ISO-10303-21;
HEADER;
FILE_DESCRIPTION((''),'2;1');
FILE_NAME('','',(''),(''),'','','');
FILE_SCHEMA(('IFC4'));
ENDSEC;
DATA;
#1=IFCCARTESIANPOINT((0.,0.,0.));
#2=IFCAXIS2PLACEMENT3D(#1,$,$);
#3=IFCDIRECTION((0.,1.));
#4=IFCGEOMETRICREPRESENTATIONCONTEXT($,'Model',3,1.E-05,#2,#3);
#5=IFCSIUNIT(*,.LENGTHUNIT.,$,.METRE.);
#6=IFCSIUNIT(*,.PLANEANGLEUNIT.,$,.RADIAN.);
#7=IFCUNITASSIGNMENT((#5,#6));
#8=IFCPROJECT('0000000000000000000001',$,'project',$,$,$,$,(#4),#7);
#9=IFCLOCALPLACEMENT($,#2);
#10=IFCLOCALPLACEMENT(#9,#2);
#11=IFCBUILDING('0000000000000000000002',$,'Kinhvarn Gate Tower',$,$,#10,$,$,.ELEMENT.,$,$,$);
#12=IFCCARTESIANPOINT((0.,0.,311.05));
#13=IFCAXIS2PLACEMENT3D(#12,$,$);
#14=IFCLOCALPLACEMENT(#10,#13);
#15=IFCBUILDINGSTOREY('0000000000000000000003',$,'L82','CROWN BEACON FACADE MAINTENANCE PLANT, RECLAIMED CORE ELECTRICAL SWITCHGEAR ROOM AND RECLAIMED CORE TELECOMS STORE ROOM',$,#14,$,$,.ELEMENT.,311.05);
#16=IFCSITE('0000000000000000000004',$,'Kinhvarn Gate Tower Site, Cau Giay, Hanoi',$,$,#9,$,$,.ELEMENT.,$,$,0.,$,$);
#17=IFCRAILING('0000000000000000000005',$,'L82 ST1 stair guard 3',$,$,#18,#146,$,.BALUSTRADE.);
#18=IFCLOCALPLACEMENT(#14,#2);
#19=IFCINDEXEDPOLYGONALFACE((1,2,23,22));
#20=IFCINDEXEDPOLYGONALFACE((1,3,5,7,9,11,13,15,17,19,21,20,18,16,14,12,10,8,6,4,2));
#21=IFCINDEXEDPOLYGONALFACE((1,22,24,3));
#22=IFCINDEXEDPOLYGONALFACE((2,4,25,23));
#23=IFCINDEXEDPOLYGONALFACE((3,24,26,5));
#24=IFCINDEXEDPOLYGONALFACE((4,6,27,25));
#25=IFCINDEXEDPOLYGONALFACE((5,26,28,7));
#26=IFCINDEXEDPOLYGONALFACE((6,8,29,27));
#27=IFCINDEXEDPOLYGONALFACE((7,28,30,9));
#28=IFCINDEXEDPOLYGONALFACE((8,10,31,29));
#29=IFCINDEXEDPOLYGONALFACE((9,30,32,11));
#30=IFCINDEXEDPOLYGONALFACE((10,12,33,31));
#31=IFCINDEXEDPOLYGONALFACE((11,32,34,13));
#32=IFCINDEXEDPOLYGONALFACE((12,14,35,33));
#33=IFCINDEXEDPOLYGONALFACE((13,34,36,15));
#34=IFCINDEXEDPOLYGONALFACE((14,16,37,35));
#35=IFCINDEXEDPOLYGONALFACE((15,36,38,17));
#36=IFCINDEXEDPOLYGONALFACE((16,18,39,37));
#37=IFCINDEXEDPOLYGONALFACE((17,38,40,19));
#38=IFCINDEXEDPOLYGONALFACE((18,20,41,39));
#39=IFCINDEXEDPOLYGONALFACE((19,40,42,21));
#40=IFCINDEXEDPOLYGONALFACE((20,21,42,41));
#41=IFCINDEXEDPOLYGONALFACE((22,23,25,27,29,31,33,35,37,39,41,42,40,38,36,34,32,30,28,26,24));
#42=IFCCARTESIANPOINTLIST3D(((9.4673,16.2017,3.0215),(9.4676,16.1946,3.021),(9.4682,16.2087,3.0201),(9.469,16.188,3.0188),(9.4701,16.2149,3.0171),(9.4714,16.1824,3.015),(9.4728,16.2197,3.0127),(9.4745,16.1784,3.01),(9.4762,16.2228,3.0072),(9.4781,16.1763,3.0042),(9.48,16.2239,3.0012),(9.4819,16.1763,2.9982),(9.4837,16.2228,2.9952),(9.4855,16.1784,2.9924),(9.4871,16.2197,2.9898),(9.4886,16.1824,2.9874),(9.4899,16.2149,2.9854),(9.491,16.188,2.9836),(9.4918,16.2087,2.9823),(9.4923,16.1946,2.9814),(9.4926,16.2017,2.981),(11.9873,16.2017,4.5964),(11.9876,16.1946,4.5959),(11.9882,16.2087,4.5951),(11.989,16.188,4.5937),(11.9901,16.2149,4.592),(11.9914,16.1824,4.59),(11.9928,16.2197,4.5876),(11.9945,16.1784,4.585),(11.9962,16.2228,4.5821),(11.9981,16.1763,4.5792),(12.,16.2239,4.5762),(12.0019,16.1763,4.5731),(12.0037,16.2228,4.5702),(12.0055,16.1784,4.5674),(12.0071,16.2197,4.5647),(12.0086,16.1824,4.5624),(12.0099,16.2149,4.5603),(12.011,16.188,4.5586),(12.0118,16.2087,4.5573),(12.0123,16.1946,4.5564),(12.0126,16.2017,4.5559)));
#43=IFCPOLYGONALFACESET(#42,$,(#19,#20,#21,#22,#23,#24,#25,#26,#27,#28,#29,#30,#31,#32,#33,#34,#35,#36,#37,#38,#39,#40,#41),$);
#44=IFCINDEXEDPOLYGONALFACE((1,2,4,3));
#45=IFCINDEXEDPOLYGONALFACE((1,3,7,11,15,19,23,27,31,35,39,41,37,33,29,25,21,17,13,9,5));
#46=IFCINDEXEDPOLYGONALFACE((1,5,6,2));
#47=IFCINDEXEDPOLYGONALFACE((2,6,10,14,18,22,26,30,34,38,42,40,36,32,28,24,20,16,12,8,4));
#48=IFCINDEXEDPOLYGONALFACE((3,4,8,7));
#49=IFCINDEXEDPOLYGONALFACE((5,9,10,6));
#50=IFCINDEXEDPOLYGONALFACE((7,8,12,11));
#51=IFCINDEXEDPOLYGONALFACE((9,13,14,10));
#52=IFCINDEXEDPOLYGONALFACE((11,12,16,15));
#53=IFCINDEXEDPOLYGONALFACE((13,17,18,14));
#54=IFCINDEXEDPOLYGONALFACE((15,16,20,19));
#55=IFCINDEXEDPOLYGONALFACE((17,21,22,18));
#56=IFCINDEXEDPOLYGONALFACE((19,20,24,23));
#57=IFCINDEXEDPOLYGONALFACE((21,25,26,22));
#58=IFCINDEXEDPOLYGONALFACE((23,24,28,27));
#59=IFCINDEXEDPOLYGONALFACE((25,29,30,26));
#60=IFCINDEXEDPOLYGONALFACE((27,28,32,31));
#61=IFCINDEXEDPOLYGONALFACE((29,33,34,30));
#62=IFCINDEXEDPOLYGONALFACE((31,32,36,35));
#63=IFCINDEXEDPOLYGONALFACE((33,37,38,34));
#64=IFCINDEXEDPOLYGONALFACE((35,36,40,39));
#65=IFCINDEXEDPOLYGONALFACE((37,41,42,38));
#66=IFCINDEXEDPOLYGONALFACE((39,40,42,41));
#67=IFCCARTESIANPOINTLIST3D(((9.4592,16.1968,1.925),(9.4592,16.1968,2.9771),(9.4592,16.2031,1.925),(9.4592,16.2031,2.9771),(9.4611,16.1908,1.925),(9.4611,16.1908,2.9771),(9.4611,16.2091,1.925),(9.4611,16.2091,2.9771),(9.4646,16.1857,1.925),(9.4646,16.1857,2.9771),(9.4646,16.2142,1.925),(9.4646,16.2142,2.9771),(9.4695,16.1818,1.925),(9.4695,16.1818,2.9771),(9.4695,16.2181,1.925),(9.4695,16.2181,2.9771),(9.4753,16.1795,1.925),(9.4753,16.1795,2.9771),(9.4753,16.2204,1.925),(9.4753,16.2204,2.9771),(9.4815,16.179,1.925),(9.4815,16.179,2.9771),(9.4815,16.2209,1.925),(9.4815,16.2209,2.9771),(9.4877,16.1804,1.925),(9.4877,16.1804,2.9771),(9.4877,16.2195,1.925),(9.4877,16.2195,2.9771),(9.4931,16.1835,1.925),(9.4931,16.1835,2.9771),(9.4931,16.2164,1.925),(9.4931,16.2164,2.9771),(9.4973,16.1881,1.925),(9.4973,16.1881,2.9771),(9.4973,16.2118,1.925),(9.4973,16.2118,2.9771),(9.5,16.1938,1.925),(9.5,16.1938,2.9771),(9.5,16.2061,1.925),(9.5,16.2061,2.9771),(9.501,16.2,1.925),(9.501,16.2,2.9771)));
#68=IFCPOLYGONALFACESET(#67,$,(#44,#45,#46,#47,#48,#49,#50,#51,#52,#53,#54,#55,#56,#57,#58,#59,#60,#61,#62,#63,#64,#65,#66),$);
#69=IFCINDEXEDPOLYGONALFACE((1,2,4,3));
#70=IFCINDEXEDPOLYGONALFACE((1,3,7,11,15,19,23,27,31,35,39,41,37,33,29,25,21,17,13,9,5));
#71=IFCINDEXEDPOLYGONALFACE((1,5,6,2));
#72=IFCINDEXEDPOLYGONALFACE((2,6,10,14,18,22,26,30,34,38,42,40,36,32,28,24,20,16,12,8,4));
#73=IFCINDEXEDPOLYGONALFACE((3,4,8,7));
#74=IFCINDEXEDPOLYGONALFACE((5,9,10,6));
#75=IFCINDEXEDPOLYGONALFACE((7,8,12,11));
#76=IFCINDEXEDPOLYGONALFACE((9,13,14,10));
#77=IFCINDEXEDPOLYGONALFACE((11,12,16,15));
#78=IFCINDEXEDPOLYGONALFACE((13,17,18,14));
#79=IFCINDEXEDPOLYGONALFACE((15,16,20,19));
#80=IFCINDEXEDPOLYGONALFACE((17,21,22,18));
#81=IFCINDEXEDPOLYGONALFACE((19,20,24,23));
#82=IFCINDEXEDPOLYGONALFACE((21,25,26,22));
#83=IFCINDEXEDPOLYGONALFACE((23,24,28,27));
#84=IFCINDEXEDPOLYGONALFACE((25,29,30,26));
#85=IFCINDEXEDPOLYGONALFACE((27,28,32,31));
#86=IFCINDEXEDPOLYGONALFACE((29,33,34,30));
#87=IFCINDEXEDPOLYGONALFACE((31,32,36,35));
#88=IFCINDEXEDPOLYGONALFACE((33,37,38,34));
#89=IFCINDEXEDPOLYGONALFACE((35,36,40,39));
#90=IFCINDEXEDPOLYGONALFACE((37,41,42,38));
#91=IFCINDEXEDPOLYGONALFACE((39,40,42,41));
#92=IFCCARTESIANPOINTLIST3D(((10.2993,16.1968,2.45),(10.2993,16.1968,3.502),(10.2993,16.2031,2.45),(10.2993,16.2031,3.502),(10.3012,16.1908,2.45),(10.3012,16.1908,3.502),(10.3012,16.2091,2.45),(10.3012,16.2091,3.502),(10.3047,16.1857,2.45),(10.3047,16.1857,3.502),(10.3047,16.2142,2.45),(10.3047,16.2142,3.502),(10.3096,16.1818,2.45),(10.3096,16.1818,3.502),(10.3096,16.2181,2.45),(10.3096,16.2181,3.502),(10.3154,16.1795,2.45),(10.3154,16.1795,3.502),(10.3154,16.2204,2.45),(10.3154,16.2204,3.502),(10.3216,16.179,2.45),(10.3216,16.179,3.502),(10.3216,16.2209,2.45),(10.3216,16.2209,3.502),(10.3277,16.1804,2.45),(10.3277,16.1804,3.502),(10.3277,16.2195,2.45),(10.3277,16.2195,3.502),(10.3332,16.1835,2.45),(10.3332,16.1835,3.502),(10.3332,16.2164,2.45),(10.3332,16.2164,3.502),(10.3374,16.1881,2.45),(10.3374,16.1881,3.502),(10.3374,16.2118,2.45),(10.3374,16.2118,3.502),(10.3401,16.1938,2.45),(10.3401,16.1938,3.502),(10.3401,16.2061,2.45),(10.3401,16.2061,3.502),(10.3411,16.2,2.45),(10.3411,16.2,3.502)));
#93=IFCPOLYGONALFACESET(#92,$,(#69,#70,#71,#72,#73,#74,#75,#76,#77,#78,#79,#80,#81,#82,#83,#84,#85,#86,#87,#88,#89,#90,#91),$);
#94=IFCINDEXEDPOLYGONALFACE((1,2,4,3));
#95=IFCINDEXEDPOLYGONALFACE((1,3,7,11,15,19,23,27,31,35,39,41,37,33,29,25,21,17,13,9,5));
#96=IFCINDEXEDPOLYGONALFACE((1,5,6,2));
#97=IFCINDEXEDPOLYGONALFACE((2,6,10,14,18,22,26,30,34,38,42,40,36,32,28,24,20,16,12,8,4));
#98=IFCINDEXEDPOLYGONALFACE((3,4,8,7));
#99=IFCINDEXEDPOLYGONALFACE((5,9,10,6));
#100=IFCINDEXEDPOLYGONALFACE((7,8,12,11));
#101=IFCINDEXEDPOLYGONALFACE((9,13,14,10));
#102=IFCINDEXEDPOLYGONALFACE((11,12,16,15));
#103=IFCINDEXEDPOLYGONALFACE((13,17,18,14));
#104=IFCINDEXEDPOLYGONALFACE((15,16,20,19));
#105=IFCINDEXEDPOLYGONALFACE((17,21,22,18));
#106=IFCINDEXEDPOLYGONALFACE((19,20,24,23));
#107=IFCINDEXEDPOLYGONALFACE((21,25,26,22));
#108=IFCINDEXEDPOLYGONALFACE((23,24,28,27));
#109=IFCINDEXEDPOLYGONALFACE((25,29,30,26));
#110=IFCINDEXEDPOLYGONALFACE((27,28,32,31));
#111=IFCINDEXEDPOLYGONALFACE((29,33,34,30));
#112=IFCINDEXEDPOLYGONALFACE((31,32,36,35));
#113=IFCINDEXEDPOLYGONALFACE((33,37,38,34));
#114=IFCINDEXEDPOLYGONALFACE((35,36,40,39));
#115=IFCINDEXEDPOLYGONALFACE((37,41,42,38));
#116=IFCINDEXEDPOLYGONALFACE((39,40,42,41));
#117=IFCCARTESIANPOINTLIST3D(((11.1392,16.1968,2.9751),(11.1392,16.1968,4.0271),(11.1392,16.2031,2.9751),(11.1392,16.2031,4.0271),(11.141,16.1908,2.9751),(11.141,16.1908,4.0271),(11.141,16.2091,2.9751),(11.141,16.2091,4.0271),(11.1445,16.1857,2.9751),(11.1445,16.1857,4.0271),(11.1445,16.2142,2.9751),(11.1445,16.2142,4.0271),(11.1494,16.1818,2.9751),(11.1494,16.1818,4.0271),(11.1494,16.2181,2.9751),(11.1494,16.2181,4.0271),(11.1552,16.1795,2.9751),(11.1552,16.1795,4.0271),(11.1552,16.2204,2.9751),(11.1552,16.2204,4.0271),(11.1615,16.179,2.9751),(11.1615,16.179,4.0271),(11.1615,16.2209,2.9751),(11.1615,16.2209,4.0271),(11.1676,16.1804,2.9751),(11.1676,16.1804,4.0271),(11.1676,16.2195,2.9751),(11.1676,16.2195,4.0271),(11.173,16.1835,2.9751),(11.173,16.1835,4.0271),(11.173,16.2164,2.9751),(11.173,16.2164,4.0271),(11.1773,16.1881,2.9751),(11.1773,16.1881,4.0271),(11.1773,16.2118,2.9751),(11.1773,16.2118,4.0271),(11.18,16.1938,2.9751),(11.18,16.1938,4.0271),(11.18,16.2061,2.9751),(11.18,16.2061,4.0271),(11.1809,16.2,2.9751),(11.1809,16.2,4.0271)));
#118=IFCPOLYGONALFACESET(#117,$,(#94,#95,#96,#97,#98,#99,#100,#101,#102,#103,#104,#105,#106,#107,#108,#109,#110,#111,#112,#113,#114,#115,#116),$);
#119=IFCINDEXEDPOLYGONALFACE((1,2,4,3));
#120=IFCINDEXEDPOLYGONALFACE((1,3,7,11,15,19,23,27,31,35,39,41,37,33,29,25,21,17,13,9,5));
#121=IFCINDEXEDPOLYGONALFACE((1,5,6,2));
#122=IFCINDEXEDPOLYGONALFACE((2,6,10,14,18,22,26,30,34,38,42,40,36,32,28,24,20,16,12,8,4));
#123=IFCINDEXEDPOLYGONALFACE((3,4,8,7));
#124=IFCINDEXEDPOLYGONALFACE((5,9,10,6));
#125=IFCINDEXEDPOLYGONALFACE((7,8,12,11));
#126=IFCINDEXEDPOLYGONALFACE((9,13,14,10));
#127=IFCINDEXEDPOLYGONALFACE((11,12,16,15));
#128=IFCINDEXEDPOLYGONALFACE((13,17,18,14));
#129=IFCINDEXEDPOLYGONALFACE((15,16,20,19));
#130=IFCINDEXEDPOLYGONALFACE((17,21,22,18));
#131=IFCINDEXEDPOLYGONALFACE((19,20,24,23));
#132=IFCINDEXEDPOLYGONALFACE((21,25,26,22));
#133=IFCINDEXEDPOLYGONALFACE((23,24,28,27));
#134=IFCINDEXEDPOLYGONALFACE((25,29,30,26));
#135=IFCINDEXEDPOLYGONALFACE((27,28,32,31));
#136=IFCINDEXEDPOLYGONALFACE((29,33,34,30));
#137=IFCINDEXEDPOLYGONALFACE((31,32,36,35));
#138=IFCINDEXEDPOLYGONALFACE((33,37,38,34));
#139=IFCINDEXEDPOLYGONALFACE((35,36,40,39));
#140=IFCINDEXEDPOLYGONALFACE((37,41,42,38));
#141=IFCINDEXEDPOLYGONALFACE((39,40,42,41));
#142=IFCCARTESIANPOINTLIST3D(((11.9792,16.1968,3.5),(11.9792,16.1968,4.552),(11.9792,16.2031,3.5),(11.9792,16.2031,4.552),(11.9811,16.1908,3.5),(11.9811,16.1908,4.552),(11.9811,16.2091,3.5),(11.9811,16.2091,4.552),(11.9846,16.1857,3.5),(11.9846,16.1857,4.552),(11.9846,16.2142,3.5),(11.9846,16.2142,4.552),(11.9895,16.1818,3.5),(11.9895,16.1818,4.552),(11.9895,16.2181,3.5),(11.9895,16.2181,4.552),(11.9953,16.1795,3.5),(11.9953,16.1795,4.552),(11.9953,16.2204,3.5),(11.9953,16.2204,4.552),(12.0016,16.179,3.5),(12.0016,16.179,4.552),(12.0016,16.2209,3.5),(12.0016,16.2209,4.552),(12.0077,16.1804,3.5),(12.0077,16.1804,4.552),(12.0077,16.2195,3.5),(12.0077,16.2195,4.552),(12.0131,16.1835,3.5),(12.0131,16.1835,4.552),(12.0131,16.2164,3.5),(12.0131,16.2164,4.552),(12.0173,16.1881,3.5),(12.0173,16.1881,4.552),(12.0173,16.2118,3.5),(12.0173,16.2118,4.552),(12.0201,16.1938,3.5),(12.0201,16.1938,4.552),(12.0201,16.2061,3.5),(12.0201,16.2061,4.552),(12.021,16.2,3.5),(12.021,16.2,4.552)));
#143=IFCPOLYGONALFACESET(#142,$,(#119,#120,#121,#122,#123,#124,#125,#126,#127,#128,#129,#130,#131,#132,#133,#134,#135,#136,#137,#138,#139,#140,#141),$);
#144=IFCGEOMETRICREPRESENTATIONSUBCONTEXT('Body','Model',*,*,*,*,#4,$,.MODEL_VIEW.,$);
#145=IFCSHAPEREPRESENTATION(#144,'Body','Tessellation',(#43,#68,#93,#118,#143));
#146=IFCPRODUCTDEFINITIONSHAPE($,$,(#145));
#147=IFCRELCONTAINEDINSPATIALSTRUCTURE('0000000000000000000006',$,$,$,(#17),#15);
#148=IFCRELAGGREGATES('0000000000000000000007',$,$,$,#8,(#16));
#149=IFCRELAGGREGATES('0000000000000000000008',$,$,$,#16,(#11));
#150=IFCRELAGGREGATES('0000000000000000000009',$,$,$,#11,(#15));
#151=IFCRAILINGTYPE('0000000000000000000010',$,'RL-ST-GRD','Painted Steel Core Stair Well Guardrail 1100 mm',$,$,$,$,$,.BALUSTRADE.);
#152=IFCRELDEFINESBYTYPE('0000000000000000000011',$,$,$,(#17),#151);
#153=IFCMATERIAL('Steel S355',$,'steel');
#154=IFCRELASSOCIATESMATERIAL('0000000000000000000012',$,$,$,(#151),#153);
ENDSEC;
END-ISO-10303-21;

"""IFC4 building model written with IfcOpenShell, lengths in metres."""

from ifc_helpers import new_model, si_unit, direction, frame, origin, origin_2d, place, context, subcontext, project, spatial, circle, extrude, material, type_object, element, save


model = new_model("IFC4")

# Units and contexts
model_context = context("Model", 3, precision=1e-05, world=origin(), true_north=direction((0.0, 1.0)))
body_context = subcontext(model_context, "Body", "Model", "MODEL_VIEW")
ifc_project = project(units=[si_unit("LENGTHUNIT", "METRE"), si_unit("PLANEANGLEUNIT", "RADIAN")], contexts=[model_context])

# Site, building, storey
site_placement = place(None, origin())
site = spatial("IfcSite", under=ifc_project, at=site_placement, Name="Kinhvarn Gate Tower Site, Cau Giay, Hanoi", CompositionType="ELEMENT", RefElevation=0.0)
building_placement = place(site_placement, origin())
building = spatial("IfcBuilding", under=site, at=building_placement, Name="Kinhvarn Gate Tower", CompositionType="ELEMENT")
storey_placement = place(building_placement, frame((0.0, 0.0, 311.05)))
storey = spatial("IfcBuildingStorey", under=building, at=storey_placement, Name="L82", Description="CROWN BEACON FACADE MAINTENANCE PLANT, RECLAIMED CORE ELECTRICAL SWITCHGEAR ROOM AND RECLAIMED CORE TELECOMS STORE ROOM", CompositionType="ELEMENT", Elevation=311.05)

# Railing
ifc_material_1 = material(Name="Steel S355", Category="steel")
railing_type_1 = type_object("IfcRailingType", Name="RL-ST-GRD", Description="Painted Steel Core Stair Well Guardrail 1100 mm", PredefinedType="BALUSTRADE", material=ifc_material_1)
railing_1_placement = place(storey_placement, frame((9.48, 16.2, 1.925)))
element("IfcRailing", 1, at=railing_1_placement, inside=storey, type_object=railing_type_1, Name="L82 ST1 stair guard 3", PredefinedType="BALUSTRADE", context=body_context, shape_type="SweptSolid", body=[
    extrude(circle(Radius=0.0239, at=origin_2d()), frame((0.0, 0.0, 1.0762), z_axis=(0.848008, 0.0, 0.529984), x_axis=(0.0, 1.0, 0.0)), (0.0, 0.0, 1.0), 2.9717),
    extrude(circle(Radius=0.021, at=origin_2d()), origin(), (0.0, 0.0, 1.0), 1.052),
    extrude(circle(Radius=0.021, at=origin_2d()), frame((0.8401, 0.0, 0.5249)), (0.0, 0.0, 1.0), 1.052),
    extrude(circle(Radius=0.021, at=origin_2d()), frame((1.6799, 0.0, 1.05)), (0.0, 0.0, 1.0), 1.052),
    extrude(circle(Radius=0.021, at=origin_2d()), frame((2.52, 0.0, 1.575)), (0.0, 0.0, 1.0), 1.052),
])

save(model, "model.ifc")
